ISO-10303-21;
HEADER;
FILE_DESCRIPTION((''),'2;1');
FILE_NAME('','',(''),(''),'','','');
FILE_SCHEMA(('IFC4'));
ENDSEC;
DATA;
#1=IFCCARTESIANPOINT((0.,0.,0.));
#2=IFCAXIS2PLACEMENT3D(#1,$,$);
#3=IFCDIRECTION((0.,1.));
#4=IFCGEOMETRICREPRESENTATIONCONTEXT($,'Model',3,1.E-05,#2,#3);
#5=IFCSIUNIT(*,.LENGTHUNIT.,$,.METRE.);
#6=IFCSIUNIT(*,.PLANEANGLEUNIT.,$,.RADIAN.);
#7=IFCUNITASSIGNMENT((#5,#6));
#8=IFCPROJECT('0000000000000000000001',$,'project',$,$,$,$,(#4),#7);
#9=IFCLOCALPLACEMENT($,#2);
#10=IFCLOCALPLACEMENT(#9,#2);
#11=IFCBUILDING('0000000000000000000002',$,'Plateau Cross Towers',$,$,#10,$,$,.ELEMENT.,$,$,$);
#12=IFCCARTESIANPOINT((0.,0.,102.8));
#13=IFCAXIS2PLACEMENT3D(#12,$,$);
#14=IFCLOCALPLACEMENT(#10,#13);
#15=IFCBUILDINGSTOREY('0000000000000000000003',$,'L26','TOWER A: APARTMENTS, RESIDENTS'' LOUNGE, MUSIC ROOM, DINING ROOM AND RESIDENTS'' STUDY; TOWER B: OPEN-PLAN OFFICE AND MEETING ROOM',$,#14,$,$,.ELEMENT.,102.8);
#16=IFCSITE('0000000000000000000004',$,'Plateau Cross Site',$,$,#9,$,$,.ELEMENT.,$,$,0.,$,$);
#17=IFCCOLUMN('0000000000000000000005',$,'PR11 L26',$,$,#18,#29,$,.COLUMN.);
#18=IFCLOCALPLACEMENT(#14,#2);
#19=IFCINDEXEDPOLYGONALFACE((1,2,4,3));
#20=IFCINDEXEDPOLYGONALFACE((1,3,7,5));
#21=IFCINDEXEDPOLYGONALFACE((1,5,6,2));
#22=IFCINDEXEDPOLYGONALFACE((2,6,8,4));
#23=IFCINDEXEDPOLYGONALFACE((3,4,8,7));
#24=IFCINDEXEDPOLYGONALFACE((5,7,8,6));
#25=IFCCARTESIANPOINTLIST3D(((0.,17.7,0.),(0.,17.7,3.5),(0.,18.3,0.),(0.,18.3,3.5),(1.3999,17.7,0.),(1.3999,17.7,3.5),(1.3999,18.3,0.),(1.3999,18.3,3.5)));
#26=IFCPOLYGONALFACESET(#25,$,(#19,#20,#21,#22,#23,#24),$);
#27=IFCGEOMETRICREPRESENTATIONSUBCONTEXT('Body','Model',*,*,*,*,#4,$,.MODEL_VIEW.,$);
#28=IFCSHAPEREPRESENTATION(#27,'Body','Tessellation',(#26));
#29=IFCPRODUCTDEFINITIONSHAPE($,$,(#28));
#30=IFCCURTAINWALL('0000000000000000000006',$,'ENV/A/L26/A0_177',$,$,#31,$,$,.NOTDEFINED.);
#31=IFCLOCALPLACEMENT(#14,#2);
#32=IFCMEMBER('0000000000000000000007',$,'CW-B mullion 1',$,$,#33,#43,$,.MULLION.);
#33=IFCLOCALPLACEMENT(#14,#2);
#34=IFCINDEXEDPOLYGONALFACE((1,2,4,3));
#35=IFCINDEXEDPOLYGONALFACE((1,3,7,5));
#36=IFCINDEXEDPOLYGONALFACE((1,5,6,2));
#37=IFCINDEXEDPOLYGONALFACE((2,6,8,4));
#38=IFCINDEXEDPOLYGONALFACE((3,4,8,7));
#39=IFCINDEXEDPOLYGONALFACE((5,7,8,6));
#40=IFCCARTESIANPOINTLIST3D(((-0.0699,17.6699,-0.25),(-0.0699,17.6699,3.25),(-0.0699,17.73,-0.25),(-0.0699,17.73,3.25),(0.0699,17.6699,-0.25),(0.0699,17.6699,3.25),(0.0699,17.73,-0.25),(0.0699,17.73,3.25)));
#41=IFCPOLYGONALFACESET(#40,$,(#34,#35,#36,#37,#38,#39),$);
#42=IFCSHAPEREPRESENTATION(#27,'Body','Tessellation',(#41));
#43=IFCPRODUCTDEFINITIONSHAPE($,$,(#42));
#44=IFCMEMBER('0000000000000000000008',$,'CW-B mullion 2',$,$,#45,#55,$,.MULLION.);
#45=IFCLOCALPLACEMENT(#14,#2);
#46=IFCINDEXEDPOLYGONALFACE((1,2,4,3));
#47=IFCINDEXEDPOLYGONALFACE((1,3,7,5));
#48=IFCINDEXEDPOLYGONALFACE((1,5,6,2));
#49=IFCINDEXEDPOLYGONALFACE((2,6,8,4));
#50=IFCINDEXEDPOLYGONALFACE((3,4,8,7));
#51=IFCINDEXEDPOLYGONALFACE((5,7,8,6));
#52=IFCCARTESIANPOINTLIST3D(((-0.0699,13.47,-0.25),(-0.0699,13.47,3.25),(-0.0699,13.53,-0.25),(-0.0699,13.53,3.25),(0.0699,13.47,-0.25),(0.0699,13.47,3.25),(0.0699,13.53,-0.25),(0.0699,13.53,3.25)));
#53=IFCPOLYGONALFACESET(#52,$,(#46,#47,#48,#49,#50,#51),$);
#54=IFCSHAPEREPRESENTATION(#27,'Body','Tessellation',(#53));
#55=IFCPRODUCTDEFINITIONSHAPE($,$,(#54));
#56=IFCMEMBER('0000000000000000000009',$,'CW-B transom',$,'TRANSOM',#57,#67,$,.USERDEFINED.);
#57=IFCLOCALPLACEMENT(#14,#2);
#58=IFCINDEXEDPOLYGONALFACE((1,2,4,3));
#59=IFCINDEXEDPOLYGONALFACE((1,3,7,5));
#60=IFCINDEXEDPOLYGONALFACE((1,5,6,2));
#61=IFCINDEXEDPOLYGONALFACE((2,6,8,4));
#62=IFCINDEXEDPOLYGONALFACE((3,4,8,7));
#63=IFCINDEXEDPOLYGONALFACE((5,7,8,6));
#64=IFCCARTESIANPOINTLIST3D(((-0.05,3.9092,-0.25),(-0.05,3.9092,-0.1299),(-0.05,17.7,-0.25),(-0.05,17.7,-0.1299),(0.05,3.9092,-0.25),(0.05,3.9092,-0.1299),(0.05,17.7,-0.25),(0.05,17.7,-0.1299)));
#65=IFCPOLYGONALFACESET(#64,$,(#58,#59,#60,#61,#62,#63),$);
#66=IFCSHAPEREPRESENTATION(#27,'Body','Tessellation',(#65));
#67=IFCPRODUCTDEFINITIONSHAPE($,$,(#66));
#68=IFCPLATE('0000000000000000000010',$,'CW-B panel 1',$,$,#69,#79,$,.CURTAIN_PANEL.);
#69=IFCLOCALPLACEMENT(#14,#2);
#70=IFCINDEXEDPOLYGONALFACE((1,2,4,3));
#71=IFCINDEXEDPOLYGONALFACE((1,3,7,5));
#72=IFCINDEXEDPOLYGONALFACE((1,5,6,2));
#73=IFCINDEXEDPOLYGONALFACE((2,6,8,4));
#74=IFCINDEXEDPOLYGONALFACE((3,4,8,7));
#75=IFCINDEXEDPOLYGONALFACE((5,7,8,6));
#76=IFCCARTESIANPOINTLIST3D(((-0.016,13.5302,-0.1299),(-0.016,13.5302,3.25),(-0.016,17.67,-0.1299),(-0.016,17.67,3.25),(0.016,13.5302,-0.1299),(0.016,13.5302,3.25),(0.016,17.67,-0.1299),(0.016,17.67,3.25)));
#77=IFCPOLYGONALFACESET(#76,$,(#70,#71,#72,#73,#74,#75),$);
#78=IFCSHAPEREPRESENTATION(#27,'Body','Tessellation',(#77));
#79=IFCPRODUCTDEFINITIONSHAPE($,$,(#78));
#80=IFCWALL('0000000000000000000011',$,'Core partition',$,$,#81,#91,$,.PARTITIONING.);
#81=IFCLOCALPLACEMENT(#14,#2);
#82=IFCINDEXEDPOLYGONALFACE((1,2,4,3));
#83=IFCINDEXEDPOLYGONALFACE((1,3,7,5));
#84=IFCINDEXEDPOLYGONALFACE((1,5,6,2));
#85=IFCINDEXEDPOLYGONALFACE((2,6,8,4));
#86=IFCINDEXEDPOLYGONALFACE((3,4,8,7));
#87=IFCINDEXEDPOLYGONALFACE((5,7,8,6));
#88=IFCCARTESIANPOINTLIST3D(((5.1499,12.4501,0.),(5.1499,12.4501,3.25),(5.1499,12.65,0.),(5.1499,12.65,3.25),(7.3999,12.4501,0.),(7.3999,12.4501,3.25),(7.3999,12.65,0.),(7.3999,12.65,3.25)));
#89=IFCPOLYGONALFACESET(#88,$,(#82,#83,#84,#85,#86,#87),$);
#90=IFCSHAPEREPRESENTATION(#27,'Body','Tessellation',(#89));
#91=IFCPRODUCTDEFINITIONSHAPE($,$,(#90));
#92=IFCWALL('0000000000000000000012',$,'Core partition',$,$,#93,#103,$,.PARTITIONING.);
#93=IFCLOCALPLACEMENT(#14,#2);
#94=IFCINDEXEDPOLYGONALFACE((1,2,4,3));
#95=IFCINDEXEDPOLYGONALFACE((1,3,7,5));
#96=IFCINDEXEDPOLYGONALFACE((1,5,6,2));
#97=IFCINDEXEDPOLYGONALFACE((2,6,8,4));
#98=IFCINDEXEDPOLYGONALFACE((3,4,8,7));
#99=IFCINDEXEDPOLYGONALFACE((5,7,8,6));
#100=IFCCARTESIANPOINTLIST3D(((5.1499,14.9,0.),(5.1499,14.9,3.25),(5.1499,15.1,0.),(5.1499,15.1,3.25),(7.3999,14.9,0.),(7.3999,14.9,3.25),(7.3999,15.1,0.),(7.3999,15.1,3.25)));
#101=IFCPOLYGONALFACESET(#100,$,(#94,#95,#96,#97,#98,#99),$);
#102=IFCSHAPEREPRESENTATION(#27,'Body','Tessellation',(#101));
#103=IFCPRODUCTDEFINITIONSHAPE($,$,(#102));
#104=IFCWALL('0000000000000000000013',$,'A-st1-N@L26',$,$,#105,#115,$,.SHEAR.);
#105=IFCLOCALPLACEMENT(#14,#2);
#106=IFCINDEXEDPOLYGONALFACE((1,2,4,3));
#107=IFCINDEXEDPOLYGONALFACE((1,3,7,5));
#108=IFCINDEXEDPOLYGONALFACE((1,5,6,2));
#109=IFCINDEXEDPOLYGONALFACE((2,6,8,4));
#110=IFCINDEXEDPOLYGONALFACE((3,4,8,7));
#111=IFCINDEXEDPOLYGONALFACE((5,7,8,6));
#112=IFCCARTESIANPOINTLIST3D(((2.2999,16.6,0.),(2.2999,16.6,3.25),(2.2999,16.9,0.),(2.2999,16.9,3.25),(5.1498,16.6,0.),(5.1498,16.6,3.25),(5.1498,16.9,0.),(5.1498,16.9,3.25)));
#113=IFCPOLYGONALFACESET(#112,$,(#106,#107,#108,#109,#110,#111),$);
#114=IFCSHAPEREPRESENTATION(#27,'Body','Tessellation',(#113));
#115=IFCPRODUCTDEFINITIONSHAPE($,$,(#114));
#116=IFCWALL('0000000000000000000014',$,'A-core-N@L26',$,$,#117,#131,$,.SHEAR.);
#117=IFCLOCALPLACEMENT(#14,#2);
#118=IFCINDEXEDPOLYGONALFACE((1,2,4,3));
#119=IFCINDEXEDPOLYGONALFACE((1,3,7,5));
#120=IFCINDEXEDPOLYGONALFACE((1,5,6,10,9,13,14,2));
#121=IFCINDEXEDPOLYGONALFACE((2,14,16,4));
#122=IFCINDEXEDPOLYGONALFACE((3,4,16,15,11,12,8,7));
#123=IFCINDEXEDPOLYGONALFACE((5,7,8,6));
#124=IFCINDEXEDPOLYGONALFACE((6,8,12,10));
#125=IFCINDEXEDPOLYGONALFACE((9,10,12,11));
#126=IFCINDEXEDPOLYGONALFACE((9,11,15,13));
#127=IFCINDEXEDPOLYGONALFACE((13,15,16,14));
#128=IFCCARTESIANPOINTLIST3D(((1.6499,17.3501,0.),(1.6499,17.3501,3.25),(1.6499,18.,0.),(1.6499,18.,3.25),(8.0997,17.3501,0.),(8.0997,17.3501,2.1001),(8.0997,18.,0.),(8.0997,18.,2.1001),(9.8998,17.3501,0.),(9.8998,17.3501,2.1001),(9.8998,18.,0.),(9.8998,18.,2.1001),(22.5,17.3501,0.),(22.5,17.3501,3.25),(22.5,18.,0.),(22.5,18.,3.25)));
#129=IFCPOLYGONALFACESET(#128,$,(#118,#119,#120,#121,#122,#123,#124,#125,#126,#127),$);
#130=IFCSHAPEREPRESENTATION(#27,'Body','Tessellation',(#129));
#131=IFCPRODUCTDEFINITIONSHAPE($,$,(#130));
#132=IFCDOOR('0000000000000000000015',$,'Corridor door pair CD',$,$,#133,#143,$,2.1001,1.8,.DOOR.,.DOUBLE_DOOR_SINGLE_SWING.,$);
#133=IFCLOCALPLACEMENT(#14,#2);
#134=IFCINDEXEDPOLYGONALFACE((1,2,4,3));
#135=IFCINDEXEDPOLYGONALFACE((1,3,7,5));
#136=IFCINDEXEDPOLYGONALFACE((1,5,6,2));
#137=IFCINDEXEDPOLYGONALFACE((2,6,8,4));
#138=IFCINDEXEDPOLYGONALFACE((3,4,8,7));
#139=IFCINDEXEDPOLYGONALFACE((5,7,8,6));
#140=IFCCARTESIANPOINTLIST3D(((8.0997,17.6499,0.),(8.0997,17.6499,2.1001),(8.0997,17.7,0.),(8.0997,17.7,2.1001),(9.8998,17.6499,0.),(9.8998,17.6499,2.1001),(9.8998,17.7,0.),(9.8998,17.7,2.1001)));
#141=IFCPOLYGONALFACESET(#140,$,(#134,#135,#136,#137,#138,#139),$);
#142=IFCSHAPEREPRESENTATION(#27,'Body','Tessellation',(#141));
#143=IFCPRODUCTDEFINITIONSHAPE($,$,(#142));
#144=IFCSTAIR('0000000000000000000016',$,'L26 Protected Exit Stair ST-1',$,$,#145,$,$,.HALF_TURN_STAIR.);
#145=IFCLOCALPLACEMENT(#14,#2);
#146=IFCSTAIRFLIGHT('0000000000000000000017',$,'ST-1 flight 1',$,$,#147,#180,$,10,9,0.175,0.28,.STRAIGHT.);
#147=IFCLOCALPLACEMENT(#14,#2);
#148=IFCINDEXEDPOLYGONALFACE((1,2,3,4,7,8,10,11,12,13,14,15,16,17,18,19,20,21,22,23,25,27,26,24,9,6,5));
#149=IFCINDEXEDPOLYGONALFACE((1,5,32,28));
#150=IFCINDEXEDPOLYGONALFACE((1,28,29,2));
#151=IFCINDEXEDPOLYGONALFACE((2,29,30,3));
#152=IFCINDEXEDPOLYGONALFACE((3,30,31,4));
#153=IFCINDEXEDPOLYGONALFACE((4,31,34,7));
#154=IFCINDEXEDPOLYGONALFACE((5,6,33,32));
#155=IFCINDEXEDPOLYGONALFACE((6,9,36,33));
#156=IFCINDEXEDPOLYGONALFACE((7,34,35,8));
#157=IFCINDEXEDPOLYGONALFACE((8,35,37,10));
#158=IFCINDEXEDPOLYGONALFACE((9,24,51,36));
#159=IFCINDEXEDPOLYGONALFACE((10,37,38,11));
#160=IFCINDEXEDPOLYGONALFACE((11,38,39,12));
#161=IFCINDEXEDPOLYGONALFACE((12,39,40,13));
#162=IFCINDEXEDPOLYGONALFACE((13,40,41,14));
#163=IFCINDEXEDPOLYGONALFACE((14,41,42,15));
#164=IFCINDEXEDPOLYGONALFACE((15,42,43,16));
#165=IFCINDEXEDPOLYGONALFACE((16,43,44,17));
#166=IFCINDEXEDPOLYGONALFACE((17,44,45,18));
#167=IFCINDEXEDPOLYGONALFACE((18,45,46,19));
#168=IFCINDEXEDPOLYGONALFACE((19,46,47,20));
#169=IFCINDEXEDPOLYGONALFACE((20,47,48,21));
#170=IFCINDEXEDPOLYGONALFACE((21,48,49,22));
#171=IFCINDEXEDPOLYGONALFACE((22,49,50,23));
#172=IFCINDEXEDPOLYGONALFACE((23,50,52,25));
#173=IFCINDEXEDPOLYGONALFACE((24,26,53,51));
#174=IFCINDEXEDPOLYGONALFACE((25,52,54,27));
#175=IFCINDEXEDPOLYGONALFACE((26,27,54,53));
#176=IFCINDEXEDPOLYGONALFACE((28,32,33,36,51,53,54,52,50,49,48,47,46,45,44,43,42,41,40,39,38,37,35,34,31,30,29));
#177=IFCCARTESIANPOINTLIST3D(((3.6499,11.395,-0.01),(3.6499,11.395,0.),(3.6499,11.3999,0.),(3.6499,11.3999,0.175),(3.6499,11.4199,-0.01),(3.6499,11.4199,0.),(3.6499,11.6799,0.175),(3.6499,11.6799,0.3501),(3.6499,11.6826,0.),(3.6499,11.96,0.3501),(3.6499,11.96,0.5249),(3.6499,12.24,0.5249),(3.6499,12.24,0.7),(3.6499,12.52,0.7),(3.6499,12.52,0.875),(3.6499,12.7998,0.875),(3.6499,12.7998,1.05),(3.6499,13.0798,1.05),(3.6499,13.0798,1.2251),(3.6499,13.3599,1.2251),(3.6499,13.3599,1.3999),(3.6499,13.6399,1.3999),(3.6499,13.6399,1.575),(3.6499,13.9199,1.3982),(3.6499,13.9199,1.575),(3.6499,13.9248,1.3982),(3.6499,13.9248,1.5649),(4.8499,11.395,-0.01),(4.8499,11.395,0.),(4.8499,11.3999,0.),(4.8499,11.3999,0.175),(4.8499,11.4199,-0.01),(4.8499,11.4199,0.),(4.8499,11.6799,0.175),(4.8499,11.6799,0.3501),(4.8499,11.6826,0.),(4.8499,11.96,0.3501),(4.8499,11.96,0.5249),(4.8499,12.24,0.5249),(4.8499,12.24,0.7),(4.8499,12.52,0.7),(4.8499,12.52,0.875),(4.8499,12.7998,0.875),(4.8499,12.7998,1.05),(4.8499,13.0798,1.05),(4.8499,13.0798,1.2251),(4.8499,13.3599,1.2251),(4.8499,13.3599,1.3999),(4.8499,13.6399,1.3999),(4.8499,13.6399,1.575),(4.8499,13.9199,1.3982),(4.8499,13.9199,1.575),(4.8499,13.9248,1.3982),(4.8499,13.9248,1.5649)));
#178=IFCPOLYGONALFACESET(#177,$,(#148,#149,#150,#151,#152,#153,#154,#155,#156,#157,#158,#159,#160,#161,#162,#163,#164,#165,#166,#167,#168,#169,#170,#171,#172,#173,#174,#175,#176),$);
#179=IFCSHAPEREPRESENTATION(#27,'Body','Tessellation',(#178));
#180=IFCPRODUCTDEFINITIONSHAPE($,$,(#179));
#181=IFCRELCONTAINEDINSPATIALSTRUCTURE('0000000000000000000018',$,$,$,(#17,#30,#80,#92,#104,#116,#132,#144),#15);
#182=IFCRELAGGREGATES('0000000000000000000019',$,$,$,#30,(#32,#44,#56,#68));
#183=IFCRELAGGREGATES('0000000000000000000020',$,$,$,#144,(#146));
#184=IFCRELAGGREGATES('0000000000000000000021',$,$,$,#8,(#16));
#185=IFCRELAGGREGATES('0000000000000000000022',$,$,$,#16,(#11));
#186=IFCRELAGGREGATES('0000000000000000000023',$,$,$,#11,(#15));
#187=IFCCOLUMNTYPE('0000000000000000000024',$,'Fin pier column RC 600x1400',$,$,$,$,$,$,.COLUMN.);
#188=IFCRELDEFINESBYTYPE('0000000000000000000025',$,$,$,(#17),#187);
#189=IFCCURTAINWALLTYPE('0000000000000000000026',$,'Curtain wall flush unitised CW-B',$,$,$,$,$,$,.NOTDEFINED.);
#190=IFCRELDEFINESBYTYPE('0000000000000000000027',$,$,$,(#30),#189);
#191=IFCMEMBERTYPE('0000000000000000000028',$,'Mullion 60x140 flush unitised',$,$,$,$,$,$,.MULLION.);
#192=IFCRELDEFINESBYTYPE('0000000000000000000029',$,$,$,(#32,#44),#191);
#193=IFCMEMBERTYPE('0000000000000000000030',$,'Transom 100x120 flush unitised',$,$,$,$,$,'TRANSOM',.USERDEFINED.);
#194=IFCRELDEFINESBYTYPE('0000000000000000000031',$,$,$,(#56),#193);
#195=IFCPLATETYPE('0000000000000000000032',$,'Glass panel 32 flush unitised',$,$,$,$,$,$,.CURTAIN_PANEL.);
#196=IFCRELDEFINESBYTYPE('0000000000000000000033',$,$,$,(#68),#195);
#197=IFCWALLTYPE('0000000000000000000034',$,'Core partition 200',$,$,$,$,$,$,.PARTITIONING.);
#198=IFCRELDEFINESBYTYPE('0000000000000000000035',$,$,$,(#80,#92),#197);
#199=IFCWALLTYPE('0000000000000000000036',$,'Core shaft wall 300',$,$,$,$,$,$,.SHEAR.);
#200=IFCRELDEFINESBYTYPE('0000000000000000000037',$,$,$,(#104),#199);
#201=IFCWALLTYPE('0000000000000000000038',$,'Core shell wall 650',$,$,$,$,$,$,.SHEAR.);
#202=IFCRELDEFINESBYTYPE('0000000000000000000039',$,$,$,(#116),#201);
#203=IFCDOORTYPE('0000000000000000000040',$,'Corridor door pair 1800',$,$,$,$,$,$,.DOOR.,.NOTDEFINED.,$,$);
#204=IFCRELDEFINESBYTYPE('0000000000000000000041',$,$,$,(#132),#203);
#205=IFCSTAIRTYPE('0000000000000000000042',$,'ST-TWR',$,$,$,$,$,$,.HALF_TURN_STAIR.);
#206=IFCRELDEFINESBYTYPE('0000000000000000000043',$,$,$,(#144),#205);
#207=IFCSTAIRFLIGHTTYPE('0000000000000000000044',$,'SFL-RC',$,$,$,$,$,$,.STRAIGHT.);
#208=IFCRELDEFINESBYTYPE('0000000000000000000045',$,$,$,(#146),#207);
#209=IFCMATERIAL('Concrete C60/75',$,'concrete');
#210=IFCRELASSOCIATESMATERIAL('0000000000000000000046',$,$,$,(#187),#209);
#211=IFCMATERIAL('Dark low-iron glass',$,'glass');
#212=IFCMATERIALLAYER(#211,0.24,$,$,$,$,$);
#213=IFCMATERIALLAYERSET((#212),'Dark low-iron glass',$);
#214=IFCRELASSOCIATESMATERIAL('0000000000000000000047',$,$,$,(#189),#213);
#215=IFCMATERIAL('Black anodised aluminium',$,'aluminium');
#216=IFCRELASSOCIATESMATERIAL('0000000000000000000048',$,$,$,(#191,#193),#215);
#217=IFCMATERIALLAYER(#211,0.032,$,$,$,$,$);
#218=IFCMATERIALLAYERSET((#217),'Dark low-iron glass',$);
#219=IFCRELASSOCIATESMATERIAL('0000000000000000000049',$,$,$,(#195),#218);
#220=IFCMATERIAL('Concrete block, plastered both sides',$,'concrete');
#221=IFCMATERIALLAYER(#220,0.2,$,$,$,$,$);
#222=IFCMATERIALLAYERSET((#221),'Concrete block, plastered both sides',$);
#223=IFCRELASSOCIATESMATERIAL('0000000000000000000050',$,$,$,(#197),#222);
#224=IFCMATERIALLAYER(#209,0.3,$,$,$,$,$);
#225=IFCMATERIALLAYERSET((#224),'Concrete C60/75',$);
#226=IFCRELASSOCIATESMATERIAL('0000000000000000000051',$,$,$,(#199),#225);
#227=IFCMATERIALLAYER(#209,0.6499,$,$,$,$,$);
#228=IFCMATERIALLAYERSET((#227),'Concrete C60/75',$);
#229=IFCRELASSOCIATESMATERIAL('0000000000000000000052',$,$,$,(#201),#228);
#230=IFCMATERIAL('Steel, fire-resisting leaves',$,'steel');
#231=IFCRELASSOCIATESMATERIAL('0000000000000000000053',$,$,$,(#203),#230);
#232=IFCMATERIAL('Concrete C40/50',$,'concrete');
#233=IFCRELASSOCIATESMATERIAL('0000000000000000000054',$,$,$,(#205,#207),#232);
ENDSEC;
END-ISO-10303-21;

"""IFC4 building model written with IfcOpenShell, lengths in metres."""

from ifc_helpers import new_model, si_unit, direction, frame, frame_2d, origin, origin_2d, place, context, subcontext, project, spatial, polyline, rectangle, outline, extrude, material, layer, layer_set, material_profile, profile_set, type_object, element, fill, aggregate, save


model = new_model("IFC4")

# Units and contexts
model_context = context("Model", 3, precision=1e-05, world=origin(), true_north=direction((0.0, 1.0)))
body_context = subcontext(model_context, "Body", "Model", "MODEL_VIEW")
ifc_project = project(units=[si_unit("LENGTHUNIT", "METRE"), si_unit("PLANEANGLEUNIT", "RADIAN")], contexts=[model_context])

# Site, building, storey
site_placement = place(None, origin())
site = spatial("IfcSite", under=ifc_project, at=site_placement, Name="Plateau Cross Site", CompositionType="ELEMENT", RefElevation=0.0)
building_placement = place(site_placement, origin())
building = spatial("IfcBuilding", under=site, at=building_placement, Name="Plateau Cross Towers", CompositionType="ELEMENT")
storey_placement = place(building_placement, frame((0.0, 0.0, 102.8)))
storey = spatial("IfcBuildingStorey", under=building, at=storey_placement, Name="L26", Description="TOWER A: APARTMENTS, RESIDENTS' LOUNGE, MUSIC ROOM, DINING ROOM AND RESIDENTS' STUDY; TOWER B: OPEN-PLAN OFFICE AND MEETING ROOM", CompositionType="ELEMENT", Elevation=102.8)

# Column
ifc_material_1 = material(Name="Concrete C60/75", Category="concrete")
ifc_material_profile_1 = material_profile(ifc_material_1, rectangle(XDim=0.6001, YDim=1.3999, at=origin_2d()), Name="RC 600x1400")
ifc_profile_set_1 = profile_set([ifc_material_profile_1], Name="Concrete C60/75")
column_type = type_object("IfcColumnType", Name="Fin pier column RC 600x1400", PredefinedType="COLUMN", material=ifc_profile_set_1)
column_placement = place(storey_placement, frame((0.7, 18.0, 0.0), z_axis=(0.0, 0.0, 1.0), x_axis=(0.0, 1.0, 0.0)))
element("IfcColumn", 1, at=column_placement, inside=storey, type_object=column_type, Name="PR11 L26", PredefinedType="COLUMN", context=body_context, shape_type="SweptSolid", body=[
    extrude(rectangle(XDim=0.6001, YDim=1.3999, at=origin_2d()), origin(), (0.0, 0.0, 1.0), 3.5),
])

# Curtain wall, members, plate
ifc_material_2 = material(Name="Dark low-iron glass", Category="glass")
ifc_layer_1 = layer(ifc_material_2, 0.24)
ifc_layer_set_1 = layer_set([ifc_layer_1], Name="Dark low-iron glass")
curtain_wall_type = type_object("IfcCurtainWallType", Name="Curtain wall flush unitised CW-B", PredefinedType="NOTDEFINED", material=ifc_layer_set_1)
curtain_wall_placement = place(storey_placement, origin())
curtain_wall = element("IfcCurtainWall", 2, at=curtain_wall_placement, inside=storey, type_object=curtain_wall_type, Name="ENV/A/L26/A0_177", PredefinedType="NOTDEFINED")
ifc_material_3 = material(Name="Black anodised aluminium", Category="aluminium")
ifc_material_profile_2 = material_profile(ifc_material_3, rectangle(XDim=0.0601, YDim=0.1399, at=origin_2d()), Name="MULLION 60x140")
ifc_profile_set_2 = profile_set([ifc_material_profile_2], Name="Black anodised aluminium")
member_type_1 = type_object("IfcMemberType", Name="Mullion 60x140 flush unitised", PredefinedType="MULLION", material=ifc_profile_set_2)
member_1_placement = place(storey_placement, frame((0.0, 17.7, -0.25), z_axis=(0.0, 0.0, 1.0), x_axis=(0.0, -1.0, 0.0)))
member_1 = element("IfcMember", 3, at=member_1_placement, type_object=member_type_1, Name="CW-B mullion 1", PredefinedType="MULLION", context=body_context, shape_type="SweptSolid", body=[
    extrude(rectangle(XDim=0.0601, YDim=0.1399, at=origin_2d()), origin(), (0.0, 0.0, 1.0), 3.5),
])
member_2_placement = place(storey_placement, frame((0.0, 13.5, -0.25), z_axis=(0.0, 0.0, 1.0), x_axis=(0.0, -1.0, 0.0)))
member_2 = element("IfcMember", 4, at=member_2_placement, type_object=member_type_1, Name="CW-B mullion 2", PredefinedType="MULLION", context=body_context, shape_type="SweptSolid", body=[
    extrude(rectangle(XDim=0.0601, YDim=0.1399, at=origin_2d()), origin(), (0.0, 0.0, 1.0), 3.5),
])
ifc_material_profile_3 = material_profile(ifc_material_3, rectangle(XDim=0.1001, YDim=0.1201, at=origin_2d()), Name="TRANSOM 100x120")
ifc_profile_set_3 = profile_set([ifc_material_profile_3], Name="Black anodised aluminium")
member_type_2 = type_object("IfcMemberType", Name="Transom 100x120 flush unitised", ElementType="TRANSOM", PredefinedType="USERDEFINED", material=ifc_profile_set_3)
member_3_placement = place(storey_placement, frame((0.0, 17.7, -0.1899), z_axis=(0.0, -1.0, 0.0), x_axis=(1.0, 0.0, 0.0)))
member_3 = element("IfcMember", 5, at=member_3_placement, type_object=member_type_2, Name="CW-B transom", ObjectType="TRANSOM", PredefinedType="USERDEFINED", context=body_context, shape_type="SweptSolid", body=[
    extrude(rectangle(XDim=0.1001, YDim=0.1201, at=origin_2d()), origin(), (0.0, 0.0, 1.0), 13.7908),
])
ifc_layer_2 = layer(ifc_material_2, 0.032)
ifc_layer_set_2 = layer_set([ifc_layer_2], Name="Dark low-iron glass")
plate_type = type_object("IfcPlateType", Name="Glass panel 32 flush unitised", PredefinedType="CURTAIN_PANEL", material=ifc_layer_set_2)
plate_placement = place(storey_placement, frame((0.0, 15.6001, -0.1299), z_axis=(0.0, 0.0, 1.0), x_axis=(0.0, -1.0, 0.0)))
plate = element("IfcPlate", 6, at=plate_placement, type_object=plate_type, Name="CW-B panel 1", PredefinedType="CURTAIN_PANEL", context=body_context, shape_type="SweptSolid", body=[
    extrude(rectangle(XDim=4.1399, YDim=0.032, at=origin_2d()), origin(), (0.0, 0.0, 1.0), 3.3799),
])
aggregate(curtain_wall, [member_1, member_2, member_3, plate])

# Walls
ifc_material_4 = material(Name="Concrete block, plastered both sides", Category="concrete")
ifc_layer_3 = layer(ifc_material_4, 0.2)
ifc_layer_set_3 = layer_set([ifc_layer_3], Name="Concrete block, plastered both sides")
wall_type_1 = type_object("IfcWallType", Name="Core partition 200", PredefinedType="PARTITIONING", material=ifc_layer_set_3)
for number, where, z_axis, x_axis, name in (
    (7, (5.1499, 12.55, 0.0), (0.0, 0.0, 1.0), (1.0, 0.0, 0.0), "Core partition"),
    (8, (5.1499, 15.0, 0.0), (0.0, 0.0, 1.0), (1.0, 0.0, 0.0), "Core partition"),
):
    element("IfcWall", number, at=place(storey_placement, frame(where, z_axis=z_axis, x_axis=x_axis)), inside=storey, type_object=wall_type_1, Name=name, PredefinedType="PARTITIONING", context=body_context, shape_type="SweptSolid", body=[
        extrude(rectangle(XDim=2.25, YDim=0.2, at=frame_2d((1.125, 0.0))), origin(), (0.0, 0.0, 1.0), 3.25),
    ])
ifc_layer_4 = layer(ifc_material_1, 0.3)
ifc_layer_set_4 = layer_set([ifc_layer_4], Name="Concrete C60/75")
wall_type_2 = type_object("IfcWallType", Name="Core shaft wall 300", PredefinedType="SHEAR", material=ifc_layer_set_4)
wall_1_placement = place(storey_placement, frame((2.3, 16.75, 0.0), z_axis=(0.0, 0.0, 1.0), x_axis=(1.0, 0.0, 0.0)))
element("IfcWall", 9, at=wall_1_placement, inside=storey, type_object=wall_type_2, Name="A-st1-N@L26", PredefinedType="SHEAR", context=body_context, shape_type="SweptSolid", body=[
    extrude(rectangle(XDim=2.8499, YDim=0.3, at=frame_2d((1.4248, 0.0))), origin(), (0.0, 0.0, 1.0), 3.25),
])

# Wall, opening, door
ifc_layer_5 = layer(ifc_material_1, 0.6499)
ifc_layer_set_5 = layer_set([ifc_layer_5], Name="Concrete C60/75")
wall_type_3 = type_object("IfcWallType", Name="Core shell wall 650", PredefinedType="SHEAR", material=ifc_layer_set_5)
wall_2_placement = place(storey_placement, frame((1.6499, 17.675, 0.0), z_axis=(0.0, 0.0, 1.0), x_axis=(1.0, 0.0, 0.0)))
wall_2 = element("IfcWall", 10, at=wall_2_placement, inside=storey, type_object=wall_type_3, Name="A-core-N@L26", PredefinedType="SHEAR", context=body_context, shape_type="SweptSolid", body=[
    extrude(rectangle(XDim=20.8501, YDim=0.6499, at=frame_2d((10.425, 0.0))), origin(), (0.0, 0.0, 1.0), 3.25),
])
opening_placement = place(wall_2_placement, frame((6.45, 0.0, 0.0)))
opening = element("IfcOpeningElement", 11, at=opening_placement, cuts=wall_2, PredefinedType="OPENING", context=body_context, shape_type="SweptSolid", body=[
    extrude(rectangle(XDim=1.8, YDim=2.1001, at=frame_2d((0.8999, 1.05))), frame((0.0, 0.335, 0.0), z_axis=(0.0, -1.0, 0.0), x_axis=(1.0, 0.0, 0.0)), (0.0, 0.0, 1.0), 0.6699),
])
ifc_material_5 = material(Name="Steel, fire-resisting leaves", Category="steel")
door_type = type_object("IfcDoorType", Name="Corridor door pair 1800", OperationType="NOTDEFINED", PredefinedType="DOOR", material=ifc_material_5)
door_placement = place(opening_placement, origin())
door = element("IfcDoor", 12, at=door_placement, inside=storey, type_object=door_type, Name="Corridor door pair CD", OperationType="DOUBLE_DOOR_SINGLE_SWING", OverallHeight=2.1001, OverallWidth=1.8, PredefinedType="DOOR", context=body_context, shape_type="SweptSolid", body=[
    extrude(rectangle(XDim=1.8, YDim=2.1001, at=frame_2d((0.8999, 1.05))), frame((0.0, 0.0249, 0.0), z_axis=(0.0, -1.0, 0.0), x_axis=(1.0, 0.0, 0.0)), (0.0, 0.0, 1.0), 0.05),
])
fill(opening, door)

# Stair, stair flight
ifc_material_6 = material(Name="Concrete C40/50", Category="concrete")
stair_type = type_object("IfcStairType", Name="ST-TWR", PredefinedType="HALF_TURN_STAIR", material=ifc_material_6)
stair_placement = place(storey_placement, origin())
stair = element("IfcStair", 13, at=stair_placement, inside=storey, type_object=stair_type, Name="L26 Protected Exit Stair ST-1", PredefinedType="HALF_TURN_STAIR")
stair_flight_type = type_object("IfcStairFlightType", Name="SFL-RC", PredefinedType="STRAIGHT", material=ifc_material_6)
stair_flight_1_placement = place(storey_placement, frame((4.25, 11.3999, 0.0), z_axis=(0.0, 0.0, 1.0), x_axis=(0.0, 1.0, 0.0)))
stair_flight_1 = element("IfcStairFlight", 14, at=stair_flight_1_placement, type_object=stair_flight_type, Name="ST-1 flight 1", NumberOfRisers=10, NumberOfTreads=9, PredefinedType="STRAIGHT", RiserHeight=0.175, TreadLength=0.28, context=body_context, shape_type="SweptSolid", body=[
    extrude(outline(polyline([(-0.0049, -0.01), (-0.0049, 0.0), (0.0, 0.0), (0.0, 0.175), (0.28, 0.175), (0.28, 0.3501), (0.5601, 0.3501), (0.5601, 0.5249), (0.8401, 0.5249), (0.8401, 0.7), (1.1201, 0.7), (1.1201, 0.875), (1.3999, 0.875), (1.3999, 1.05), (1.6799, 1.05), (1.6799, 1.2251), (1.96, 1.2251), (1.96, 1.3999), (2.24, 1.3999), (2.24, 1.575), (2.52, 1.575), (2.5249, 1.5649), (2.5249, 1.3982), (2.52, 1.3982), (0.2827, 0.0), (0.02, 0.0), (0.02, -0.01), (-0.0049, -0.01)])), frame((0.0, 0.6001, 0.0), z_axis=(0.0, -1.0, 0.0), x_axis=(1.0, 0.0, 0.0)), (0.0, 0.0, 1.0), 1.2),
])
aggregate(stair, [stair_flight_1])

save(model, "model.ifc")
